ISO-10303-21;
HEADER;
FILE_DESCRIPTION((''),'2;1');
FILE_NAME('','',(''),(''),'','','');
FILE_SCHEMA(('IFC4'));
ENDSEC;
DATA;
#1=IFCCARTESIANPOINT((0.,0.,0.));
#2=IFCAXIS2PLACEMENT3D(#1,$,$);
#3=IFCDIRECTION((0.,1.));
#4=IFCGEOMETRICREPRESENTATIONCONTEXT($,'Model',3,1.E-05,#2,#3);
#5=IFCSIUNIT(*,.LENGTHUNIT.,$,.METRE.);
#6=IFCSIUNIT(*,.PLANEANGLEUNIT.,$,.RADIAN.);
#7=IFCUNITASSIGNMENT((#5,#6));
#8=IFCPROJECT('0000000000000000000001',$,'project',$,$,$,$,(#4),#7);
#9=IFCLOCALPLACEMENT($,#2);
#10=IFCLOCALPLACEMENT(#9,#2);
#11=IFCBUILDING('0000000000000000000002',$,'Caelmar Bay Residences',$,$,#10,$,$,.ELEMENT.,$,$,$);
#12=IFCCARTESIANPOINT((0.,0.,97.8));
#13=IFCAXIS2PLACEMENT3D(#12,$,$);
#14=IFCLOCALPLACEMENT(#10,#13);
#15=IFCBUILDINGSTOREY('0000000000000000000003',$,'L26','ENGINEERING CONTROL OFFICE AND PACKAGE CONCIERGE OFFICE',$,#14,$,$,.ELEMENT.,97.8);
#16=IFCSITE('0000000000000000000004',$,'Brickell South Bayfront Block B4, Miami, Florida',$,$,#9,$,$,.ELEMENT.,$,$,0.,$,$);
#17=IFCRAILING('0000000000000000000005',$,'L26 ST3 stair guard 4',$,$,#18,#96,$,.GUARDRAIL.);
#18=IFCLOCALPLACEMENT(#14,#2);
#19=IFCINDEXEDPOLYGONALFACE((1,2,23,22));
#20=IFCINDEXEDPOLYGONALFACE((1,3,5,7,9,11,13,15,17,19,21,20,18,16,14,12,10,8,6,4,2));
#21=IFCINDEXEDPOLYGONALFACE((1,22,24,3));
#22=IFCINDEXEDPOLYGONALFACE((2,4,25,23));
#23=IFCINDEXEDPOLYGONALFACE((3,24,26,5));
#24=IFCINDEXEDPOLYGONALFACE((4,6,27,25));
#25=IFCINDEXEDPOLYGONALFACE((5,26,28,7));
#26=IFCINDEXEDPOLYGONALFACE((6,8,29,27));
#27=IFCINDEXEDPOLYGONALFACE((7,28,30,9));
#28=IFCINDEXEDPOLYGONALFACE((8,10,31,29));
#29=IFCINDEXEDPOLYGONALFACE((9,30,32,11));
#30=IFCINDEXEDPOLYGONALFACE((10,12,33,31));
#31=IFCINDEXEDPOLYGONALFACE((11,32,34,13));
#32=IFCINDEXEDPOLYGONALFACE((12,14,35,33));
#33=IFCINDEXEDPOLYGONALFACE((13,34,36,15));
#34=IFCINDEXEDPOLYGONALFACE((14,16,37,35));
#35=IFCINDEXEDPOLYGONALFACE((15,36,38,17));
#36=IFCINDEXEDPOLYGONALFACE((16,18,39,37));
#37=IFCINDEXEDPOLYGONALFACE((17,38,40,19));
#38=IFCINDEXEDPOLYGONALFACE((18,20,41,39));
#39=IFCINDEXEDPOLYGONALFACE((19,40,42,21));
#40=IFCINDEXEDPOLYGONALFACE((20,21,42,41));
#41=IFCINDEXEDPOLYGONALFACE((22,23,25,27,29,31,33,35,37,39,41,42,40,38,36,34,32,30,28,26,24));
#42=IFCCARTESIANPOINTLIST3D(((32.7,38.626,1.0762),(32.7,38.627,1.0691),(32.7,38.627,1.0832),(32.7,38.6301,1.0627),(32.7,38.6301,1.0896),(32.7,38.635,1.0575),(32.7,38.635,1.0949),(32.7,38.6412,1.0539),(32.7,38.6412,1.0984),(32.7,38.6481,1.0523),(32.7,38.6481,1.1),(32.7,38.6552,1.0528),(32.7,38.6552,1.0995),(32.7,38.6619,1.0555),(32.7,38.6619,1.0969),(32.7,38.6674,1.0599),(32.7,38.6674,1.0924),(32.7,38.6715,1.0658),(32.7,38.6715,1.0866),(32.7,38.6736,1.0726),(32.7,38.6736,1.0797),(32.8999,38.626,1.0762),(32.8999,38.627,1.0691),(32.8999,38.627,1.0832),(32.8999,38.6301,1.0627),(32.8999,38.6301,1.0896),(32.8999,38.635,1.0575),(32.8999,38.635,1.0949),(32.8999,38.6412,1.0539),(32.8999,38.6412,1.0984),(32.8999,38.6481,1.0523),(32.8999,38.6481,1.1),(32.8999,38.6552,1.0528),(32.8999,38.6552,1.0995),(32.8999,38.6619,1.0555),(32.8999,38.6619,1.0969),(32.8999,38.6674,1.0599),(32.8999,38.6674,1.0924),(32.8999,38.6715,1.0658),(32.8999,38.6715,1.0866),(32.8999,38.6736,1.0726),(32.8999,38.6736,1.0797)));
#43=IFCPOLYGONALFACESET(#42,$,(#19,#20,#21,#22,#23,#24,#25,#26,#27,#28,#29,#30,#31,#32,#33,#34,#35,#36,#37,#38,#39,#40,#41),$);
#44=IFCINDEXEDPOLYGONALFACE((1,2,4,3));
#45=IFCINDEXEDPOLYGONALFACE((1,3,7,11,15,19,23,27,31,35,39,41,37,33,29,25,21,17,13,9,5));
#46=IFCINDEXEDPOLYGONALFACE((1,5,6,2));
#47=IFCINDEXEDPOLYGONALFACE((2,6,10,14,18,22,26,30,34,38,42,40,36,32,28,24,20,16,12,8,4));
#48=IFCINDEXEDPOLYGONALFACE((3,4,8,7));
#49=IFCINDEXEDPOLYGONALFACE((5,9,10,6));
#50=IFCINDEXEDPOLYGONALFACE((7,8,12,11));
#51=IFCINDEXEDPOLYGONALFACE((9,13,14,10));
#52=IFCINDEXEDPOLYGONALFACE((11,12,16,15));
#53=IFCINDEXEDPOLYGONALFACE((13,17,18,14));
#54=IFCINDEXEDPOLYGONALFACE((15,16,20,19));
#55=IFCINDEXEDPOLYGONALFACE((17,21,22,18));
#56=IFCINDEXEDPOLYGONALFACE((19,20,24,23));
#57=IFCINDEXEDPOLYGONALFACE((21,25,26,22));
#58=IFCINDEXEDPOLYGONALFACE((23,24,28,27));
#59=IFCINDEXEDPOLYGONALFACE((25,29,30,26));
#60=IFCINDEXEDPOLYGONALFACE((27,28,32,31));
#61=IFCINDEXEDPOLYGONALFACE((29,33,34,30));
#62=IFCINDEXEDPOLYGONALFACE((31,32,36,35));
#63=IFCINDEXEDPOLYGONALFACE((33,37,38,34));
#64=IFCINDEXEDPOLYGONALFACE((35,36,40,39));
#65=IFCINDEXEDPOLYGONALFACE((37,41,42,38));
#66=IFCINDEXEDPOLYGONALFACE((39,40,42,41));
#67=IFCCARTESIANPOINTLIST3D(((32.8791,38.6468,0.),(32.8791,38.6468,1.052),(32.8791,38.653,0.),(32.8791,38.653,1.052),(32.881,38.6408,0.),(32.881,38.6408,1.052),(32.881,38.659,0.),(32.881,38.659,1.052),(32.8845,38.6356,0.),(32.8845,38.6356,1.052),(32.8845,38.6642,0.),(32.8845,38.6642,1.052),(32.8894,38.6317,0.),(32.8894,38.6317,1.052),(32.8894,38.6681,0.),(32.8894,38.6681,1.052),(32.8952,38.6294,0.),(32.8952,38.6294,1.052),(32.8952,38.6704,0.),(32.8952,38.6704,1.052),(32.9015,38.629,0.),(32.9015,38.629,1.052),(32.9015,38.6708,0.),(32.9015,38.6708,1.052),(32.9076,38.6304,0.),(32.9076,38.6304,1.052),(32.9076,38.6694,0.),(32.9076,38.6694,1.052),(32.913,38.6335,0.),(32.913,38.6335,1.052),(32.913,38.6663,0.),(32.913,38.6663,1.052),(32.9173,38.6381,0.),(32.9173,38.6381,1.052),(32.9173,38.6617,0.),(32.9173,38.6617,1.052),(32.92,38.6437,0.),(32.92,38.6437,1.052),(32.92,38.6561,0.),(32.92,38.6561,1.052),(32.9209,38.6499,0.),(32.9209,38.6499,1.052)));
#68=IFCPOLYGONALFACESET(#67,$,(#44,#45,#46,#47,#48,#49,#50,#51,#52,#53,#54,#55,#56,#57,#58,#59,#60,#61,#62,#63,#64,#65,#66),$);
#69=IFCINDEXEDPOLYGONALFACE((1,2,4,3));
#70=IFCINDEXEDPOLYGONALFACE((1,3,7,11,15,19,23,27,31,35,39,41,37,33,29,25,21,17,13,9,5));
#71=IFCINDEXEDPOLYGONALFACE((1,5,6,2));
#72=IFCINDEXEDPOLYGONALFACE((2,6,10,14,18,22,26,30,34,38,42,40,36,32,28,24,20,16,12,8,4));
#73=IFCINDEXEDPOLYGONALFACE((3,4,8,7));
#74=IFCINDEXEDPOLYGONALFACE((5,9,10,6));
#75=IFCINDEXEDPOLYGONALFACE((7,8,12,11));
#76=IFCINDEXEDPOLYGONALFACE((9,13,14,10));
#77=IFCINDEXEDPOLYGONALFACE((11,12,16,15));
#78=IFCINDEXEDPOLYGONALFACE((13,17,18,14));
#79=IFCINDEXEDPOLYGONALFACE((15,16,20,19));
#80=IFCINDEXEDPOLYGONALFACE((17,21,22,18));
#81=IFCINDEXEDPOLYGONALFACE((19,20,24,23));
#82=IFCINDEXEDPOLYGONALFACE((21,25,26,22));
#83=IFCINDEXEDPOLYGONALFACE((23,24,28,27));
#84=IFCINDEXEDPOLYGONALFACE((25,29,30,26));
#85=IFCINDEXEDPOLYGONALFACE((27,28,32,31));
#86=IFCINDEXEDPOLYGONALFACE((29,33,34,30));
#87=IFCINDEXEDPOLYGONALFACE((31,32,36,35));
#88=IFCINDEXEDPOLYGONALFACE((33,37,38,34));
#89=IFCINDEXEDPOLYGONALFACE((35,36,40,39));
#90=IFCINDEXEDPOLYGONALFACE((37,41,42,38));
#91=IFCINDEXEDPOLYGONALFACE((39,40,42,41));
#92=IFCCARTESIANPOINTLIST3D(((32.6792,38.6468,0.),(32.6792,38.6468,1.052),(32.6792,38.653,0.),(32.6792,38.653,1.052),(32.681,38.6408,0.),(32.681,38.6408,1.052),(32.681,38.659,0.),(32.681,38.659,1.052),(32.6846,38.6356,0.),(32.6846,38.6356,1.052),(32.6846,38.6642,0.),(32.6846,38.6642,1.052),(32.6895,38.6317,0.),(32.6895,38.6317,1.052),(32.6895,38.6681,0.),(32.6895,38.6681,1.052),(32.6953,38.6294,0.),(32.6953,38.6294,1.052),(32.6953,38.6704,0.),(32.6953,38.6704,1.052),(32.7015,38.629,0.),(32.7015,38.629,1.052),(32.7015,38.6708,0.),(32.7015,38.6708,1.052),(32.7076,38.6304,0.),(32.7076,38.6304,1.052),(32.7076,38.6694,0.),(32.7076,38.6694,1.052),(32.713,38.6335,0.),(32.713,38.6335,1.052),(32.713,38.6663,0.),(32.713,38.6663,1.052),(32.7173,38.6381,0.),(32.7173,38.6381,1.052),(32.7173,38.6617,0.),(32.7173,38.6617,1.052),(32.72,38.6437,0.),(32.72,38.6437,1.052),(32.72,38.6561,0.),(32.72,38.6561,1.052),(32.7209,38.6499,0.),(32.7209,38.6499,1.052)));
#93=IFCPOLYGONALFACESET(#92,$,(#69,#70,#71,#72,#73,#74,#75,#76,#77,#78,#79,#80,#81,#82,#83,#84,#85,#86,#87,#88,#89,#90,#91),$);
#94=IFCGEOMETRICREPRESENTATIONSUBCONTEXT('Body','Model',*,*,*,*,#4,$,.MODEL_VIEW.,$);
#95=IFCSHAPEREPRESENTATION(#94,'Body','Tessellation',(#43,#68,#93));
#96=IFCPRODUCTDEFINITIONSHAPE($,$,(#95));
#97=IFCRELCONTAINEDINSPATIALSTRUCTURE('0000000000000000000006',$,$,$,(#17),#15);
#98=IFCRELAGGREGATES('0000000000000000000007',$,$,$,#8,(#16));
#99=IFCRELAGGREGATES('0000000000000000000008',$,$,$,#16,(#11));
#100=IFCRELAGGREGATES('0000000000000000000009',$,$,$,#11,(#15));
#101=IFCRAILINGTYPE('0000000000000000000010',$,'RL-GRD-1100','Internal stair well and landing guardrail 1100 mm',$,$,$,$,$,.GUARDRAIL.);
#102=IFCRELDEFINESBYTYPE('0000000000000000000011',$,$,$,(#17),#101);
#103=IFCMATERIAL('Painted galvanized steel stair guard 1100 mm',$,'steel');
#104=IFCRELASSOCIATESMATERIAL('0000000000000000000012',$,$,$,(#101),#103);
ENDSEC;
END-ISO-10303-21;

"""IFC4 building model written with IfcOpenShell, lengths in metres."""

from ifc_helpers import new_model, si_unit, direction, frame, origin, origin_2d, place, context, subcontext, project, spatial, circle, extrude, material, type_object, element, save


model = new_model("IFC4")

# Units and contexts
model_context = context("Model", 3, precision=1e-05, world=origin(), true_north=direction((0.0, 1.0)))
body_context = subcontext(model_context, "Body", "Model", "MODEL_VIEW")
ifc_project = project(units=[si_unit("LENGTHUNIT", "METRE"), si_unit("PLANEANGLEUNIT", "RADIAN")], contexts=[model_context])

# Site, building, storey
site_placement = place(None, origin())
site = spatial("IfcSite", under=ifc_project, at=site_placement, Name="Brickell South Bayfront Block B4, Miami, Florida", CompositionType="ELEMENT", RefElevation=0.0)
building_placement = place(site_placement, origin())
building = spatial("IfcBuilding", under=site, at=building_placement, Name="Caelmar Bay Residences", CompositionType="ELEMENT")
storey_placement = place(building_placement, frame((0.0, 0.0, 97.8)))
storey = spatial("IfcBuildingStorey", under=building, at=storey_placement, Name="L26", Description="ENGINEERING CONTROL OFFICE AND PACKAGE CONCIERGE OFFICE", CompositionType="ELEMENT", Elevation=97.8)

# Railing
ifc_material_1 = material(Name="Painted galvanized steel stair guard 1100 mm", Category="steel")
railing_type_1 = type_object("IfcRailingType", Name="RL-GRD-1100", Description="Internal stair well and landing guardrail 1100 mm", PredefinedType="GUARDRAIL", material=ifc_material_1)
railing_1_placement = place(storey_placement, frame((32.8999, 38.6499, 0.0)))
element("IfcRailing", 1, at=railing_1_placement, inside=storey, type_object=railing_type_1, Name="L26 ST3 stair guard 4", PredefinedType="GUARDRAIL", context=body_context, shape_type="SweptSolid", body=[
    extrude(circle(Radius=0.0239, at=origin_2d()), frame((0.0, 0.0, 1.0762), z_axis=(-1.0, 0.0, 0.0), x_axis=(0.0, -1.0, 0.0)), (0.0, 0.0, 1.0), 0.2),
    extrude(circle(Radius=0.021, at=origin_2d()), origin(), (0.0, 0.0, 1.0), 1.052),
    extrude(circle(Radius=0.021, at=origin_2d()), frame((-0.2, 0.0, 0.0)), (0.0, 0.0, 1.0), 1.052),
])

save(model, "model.ifc")
